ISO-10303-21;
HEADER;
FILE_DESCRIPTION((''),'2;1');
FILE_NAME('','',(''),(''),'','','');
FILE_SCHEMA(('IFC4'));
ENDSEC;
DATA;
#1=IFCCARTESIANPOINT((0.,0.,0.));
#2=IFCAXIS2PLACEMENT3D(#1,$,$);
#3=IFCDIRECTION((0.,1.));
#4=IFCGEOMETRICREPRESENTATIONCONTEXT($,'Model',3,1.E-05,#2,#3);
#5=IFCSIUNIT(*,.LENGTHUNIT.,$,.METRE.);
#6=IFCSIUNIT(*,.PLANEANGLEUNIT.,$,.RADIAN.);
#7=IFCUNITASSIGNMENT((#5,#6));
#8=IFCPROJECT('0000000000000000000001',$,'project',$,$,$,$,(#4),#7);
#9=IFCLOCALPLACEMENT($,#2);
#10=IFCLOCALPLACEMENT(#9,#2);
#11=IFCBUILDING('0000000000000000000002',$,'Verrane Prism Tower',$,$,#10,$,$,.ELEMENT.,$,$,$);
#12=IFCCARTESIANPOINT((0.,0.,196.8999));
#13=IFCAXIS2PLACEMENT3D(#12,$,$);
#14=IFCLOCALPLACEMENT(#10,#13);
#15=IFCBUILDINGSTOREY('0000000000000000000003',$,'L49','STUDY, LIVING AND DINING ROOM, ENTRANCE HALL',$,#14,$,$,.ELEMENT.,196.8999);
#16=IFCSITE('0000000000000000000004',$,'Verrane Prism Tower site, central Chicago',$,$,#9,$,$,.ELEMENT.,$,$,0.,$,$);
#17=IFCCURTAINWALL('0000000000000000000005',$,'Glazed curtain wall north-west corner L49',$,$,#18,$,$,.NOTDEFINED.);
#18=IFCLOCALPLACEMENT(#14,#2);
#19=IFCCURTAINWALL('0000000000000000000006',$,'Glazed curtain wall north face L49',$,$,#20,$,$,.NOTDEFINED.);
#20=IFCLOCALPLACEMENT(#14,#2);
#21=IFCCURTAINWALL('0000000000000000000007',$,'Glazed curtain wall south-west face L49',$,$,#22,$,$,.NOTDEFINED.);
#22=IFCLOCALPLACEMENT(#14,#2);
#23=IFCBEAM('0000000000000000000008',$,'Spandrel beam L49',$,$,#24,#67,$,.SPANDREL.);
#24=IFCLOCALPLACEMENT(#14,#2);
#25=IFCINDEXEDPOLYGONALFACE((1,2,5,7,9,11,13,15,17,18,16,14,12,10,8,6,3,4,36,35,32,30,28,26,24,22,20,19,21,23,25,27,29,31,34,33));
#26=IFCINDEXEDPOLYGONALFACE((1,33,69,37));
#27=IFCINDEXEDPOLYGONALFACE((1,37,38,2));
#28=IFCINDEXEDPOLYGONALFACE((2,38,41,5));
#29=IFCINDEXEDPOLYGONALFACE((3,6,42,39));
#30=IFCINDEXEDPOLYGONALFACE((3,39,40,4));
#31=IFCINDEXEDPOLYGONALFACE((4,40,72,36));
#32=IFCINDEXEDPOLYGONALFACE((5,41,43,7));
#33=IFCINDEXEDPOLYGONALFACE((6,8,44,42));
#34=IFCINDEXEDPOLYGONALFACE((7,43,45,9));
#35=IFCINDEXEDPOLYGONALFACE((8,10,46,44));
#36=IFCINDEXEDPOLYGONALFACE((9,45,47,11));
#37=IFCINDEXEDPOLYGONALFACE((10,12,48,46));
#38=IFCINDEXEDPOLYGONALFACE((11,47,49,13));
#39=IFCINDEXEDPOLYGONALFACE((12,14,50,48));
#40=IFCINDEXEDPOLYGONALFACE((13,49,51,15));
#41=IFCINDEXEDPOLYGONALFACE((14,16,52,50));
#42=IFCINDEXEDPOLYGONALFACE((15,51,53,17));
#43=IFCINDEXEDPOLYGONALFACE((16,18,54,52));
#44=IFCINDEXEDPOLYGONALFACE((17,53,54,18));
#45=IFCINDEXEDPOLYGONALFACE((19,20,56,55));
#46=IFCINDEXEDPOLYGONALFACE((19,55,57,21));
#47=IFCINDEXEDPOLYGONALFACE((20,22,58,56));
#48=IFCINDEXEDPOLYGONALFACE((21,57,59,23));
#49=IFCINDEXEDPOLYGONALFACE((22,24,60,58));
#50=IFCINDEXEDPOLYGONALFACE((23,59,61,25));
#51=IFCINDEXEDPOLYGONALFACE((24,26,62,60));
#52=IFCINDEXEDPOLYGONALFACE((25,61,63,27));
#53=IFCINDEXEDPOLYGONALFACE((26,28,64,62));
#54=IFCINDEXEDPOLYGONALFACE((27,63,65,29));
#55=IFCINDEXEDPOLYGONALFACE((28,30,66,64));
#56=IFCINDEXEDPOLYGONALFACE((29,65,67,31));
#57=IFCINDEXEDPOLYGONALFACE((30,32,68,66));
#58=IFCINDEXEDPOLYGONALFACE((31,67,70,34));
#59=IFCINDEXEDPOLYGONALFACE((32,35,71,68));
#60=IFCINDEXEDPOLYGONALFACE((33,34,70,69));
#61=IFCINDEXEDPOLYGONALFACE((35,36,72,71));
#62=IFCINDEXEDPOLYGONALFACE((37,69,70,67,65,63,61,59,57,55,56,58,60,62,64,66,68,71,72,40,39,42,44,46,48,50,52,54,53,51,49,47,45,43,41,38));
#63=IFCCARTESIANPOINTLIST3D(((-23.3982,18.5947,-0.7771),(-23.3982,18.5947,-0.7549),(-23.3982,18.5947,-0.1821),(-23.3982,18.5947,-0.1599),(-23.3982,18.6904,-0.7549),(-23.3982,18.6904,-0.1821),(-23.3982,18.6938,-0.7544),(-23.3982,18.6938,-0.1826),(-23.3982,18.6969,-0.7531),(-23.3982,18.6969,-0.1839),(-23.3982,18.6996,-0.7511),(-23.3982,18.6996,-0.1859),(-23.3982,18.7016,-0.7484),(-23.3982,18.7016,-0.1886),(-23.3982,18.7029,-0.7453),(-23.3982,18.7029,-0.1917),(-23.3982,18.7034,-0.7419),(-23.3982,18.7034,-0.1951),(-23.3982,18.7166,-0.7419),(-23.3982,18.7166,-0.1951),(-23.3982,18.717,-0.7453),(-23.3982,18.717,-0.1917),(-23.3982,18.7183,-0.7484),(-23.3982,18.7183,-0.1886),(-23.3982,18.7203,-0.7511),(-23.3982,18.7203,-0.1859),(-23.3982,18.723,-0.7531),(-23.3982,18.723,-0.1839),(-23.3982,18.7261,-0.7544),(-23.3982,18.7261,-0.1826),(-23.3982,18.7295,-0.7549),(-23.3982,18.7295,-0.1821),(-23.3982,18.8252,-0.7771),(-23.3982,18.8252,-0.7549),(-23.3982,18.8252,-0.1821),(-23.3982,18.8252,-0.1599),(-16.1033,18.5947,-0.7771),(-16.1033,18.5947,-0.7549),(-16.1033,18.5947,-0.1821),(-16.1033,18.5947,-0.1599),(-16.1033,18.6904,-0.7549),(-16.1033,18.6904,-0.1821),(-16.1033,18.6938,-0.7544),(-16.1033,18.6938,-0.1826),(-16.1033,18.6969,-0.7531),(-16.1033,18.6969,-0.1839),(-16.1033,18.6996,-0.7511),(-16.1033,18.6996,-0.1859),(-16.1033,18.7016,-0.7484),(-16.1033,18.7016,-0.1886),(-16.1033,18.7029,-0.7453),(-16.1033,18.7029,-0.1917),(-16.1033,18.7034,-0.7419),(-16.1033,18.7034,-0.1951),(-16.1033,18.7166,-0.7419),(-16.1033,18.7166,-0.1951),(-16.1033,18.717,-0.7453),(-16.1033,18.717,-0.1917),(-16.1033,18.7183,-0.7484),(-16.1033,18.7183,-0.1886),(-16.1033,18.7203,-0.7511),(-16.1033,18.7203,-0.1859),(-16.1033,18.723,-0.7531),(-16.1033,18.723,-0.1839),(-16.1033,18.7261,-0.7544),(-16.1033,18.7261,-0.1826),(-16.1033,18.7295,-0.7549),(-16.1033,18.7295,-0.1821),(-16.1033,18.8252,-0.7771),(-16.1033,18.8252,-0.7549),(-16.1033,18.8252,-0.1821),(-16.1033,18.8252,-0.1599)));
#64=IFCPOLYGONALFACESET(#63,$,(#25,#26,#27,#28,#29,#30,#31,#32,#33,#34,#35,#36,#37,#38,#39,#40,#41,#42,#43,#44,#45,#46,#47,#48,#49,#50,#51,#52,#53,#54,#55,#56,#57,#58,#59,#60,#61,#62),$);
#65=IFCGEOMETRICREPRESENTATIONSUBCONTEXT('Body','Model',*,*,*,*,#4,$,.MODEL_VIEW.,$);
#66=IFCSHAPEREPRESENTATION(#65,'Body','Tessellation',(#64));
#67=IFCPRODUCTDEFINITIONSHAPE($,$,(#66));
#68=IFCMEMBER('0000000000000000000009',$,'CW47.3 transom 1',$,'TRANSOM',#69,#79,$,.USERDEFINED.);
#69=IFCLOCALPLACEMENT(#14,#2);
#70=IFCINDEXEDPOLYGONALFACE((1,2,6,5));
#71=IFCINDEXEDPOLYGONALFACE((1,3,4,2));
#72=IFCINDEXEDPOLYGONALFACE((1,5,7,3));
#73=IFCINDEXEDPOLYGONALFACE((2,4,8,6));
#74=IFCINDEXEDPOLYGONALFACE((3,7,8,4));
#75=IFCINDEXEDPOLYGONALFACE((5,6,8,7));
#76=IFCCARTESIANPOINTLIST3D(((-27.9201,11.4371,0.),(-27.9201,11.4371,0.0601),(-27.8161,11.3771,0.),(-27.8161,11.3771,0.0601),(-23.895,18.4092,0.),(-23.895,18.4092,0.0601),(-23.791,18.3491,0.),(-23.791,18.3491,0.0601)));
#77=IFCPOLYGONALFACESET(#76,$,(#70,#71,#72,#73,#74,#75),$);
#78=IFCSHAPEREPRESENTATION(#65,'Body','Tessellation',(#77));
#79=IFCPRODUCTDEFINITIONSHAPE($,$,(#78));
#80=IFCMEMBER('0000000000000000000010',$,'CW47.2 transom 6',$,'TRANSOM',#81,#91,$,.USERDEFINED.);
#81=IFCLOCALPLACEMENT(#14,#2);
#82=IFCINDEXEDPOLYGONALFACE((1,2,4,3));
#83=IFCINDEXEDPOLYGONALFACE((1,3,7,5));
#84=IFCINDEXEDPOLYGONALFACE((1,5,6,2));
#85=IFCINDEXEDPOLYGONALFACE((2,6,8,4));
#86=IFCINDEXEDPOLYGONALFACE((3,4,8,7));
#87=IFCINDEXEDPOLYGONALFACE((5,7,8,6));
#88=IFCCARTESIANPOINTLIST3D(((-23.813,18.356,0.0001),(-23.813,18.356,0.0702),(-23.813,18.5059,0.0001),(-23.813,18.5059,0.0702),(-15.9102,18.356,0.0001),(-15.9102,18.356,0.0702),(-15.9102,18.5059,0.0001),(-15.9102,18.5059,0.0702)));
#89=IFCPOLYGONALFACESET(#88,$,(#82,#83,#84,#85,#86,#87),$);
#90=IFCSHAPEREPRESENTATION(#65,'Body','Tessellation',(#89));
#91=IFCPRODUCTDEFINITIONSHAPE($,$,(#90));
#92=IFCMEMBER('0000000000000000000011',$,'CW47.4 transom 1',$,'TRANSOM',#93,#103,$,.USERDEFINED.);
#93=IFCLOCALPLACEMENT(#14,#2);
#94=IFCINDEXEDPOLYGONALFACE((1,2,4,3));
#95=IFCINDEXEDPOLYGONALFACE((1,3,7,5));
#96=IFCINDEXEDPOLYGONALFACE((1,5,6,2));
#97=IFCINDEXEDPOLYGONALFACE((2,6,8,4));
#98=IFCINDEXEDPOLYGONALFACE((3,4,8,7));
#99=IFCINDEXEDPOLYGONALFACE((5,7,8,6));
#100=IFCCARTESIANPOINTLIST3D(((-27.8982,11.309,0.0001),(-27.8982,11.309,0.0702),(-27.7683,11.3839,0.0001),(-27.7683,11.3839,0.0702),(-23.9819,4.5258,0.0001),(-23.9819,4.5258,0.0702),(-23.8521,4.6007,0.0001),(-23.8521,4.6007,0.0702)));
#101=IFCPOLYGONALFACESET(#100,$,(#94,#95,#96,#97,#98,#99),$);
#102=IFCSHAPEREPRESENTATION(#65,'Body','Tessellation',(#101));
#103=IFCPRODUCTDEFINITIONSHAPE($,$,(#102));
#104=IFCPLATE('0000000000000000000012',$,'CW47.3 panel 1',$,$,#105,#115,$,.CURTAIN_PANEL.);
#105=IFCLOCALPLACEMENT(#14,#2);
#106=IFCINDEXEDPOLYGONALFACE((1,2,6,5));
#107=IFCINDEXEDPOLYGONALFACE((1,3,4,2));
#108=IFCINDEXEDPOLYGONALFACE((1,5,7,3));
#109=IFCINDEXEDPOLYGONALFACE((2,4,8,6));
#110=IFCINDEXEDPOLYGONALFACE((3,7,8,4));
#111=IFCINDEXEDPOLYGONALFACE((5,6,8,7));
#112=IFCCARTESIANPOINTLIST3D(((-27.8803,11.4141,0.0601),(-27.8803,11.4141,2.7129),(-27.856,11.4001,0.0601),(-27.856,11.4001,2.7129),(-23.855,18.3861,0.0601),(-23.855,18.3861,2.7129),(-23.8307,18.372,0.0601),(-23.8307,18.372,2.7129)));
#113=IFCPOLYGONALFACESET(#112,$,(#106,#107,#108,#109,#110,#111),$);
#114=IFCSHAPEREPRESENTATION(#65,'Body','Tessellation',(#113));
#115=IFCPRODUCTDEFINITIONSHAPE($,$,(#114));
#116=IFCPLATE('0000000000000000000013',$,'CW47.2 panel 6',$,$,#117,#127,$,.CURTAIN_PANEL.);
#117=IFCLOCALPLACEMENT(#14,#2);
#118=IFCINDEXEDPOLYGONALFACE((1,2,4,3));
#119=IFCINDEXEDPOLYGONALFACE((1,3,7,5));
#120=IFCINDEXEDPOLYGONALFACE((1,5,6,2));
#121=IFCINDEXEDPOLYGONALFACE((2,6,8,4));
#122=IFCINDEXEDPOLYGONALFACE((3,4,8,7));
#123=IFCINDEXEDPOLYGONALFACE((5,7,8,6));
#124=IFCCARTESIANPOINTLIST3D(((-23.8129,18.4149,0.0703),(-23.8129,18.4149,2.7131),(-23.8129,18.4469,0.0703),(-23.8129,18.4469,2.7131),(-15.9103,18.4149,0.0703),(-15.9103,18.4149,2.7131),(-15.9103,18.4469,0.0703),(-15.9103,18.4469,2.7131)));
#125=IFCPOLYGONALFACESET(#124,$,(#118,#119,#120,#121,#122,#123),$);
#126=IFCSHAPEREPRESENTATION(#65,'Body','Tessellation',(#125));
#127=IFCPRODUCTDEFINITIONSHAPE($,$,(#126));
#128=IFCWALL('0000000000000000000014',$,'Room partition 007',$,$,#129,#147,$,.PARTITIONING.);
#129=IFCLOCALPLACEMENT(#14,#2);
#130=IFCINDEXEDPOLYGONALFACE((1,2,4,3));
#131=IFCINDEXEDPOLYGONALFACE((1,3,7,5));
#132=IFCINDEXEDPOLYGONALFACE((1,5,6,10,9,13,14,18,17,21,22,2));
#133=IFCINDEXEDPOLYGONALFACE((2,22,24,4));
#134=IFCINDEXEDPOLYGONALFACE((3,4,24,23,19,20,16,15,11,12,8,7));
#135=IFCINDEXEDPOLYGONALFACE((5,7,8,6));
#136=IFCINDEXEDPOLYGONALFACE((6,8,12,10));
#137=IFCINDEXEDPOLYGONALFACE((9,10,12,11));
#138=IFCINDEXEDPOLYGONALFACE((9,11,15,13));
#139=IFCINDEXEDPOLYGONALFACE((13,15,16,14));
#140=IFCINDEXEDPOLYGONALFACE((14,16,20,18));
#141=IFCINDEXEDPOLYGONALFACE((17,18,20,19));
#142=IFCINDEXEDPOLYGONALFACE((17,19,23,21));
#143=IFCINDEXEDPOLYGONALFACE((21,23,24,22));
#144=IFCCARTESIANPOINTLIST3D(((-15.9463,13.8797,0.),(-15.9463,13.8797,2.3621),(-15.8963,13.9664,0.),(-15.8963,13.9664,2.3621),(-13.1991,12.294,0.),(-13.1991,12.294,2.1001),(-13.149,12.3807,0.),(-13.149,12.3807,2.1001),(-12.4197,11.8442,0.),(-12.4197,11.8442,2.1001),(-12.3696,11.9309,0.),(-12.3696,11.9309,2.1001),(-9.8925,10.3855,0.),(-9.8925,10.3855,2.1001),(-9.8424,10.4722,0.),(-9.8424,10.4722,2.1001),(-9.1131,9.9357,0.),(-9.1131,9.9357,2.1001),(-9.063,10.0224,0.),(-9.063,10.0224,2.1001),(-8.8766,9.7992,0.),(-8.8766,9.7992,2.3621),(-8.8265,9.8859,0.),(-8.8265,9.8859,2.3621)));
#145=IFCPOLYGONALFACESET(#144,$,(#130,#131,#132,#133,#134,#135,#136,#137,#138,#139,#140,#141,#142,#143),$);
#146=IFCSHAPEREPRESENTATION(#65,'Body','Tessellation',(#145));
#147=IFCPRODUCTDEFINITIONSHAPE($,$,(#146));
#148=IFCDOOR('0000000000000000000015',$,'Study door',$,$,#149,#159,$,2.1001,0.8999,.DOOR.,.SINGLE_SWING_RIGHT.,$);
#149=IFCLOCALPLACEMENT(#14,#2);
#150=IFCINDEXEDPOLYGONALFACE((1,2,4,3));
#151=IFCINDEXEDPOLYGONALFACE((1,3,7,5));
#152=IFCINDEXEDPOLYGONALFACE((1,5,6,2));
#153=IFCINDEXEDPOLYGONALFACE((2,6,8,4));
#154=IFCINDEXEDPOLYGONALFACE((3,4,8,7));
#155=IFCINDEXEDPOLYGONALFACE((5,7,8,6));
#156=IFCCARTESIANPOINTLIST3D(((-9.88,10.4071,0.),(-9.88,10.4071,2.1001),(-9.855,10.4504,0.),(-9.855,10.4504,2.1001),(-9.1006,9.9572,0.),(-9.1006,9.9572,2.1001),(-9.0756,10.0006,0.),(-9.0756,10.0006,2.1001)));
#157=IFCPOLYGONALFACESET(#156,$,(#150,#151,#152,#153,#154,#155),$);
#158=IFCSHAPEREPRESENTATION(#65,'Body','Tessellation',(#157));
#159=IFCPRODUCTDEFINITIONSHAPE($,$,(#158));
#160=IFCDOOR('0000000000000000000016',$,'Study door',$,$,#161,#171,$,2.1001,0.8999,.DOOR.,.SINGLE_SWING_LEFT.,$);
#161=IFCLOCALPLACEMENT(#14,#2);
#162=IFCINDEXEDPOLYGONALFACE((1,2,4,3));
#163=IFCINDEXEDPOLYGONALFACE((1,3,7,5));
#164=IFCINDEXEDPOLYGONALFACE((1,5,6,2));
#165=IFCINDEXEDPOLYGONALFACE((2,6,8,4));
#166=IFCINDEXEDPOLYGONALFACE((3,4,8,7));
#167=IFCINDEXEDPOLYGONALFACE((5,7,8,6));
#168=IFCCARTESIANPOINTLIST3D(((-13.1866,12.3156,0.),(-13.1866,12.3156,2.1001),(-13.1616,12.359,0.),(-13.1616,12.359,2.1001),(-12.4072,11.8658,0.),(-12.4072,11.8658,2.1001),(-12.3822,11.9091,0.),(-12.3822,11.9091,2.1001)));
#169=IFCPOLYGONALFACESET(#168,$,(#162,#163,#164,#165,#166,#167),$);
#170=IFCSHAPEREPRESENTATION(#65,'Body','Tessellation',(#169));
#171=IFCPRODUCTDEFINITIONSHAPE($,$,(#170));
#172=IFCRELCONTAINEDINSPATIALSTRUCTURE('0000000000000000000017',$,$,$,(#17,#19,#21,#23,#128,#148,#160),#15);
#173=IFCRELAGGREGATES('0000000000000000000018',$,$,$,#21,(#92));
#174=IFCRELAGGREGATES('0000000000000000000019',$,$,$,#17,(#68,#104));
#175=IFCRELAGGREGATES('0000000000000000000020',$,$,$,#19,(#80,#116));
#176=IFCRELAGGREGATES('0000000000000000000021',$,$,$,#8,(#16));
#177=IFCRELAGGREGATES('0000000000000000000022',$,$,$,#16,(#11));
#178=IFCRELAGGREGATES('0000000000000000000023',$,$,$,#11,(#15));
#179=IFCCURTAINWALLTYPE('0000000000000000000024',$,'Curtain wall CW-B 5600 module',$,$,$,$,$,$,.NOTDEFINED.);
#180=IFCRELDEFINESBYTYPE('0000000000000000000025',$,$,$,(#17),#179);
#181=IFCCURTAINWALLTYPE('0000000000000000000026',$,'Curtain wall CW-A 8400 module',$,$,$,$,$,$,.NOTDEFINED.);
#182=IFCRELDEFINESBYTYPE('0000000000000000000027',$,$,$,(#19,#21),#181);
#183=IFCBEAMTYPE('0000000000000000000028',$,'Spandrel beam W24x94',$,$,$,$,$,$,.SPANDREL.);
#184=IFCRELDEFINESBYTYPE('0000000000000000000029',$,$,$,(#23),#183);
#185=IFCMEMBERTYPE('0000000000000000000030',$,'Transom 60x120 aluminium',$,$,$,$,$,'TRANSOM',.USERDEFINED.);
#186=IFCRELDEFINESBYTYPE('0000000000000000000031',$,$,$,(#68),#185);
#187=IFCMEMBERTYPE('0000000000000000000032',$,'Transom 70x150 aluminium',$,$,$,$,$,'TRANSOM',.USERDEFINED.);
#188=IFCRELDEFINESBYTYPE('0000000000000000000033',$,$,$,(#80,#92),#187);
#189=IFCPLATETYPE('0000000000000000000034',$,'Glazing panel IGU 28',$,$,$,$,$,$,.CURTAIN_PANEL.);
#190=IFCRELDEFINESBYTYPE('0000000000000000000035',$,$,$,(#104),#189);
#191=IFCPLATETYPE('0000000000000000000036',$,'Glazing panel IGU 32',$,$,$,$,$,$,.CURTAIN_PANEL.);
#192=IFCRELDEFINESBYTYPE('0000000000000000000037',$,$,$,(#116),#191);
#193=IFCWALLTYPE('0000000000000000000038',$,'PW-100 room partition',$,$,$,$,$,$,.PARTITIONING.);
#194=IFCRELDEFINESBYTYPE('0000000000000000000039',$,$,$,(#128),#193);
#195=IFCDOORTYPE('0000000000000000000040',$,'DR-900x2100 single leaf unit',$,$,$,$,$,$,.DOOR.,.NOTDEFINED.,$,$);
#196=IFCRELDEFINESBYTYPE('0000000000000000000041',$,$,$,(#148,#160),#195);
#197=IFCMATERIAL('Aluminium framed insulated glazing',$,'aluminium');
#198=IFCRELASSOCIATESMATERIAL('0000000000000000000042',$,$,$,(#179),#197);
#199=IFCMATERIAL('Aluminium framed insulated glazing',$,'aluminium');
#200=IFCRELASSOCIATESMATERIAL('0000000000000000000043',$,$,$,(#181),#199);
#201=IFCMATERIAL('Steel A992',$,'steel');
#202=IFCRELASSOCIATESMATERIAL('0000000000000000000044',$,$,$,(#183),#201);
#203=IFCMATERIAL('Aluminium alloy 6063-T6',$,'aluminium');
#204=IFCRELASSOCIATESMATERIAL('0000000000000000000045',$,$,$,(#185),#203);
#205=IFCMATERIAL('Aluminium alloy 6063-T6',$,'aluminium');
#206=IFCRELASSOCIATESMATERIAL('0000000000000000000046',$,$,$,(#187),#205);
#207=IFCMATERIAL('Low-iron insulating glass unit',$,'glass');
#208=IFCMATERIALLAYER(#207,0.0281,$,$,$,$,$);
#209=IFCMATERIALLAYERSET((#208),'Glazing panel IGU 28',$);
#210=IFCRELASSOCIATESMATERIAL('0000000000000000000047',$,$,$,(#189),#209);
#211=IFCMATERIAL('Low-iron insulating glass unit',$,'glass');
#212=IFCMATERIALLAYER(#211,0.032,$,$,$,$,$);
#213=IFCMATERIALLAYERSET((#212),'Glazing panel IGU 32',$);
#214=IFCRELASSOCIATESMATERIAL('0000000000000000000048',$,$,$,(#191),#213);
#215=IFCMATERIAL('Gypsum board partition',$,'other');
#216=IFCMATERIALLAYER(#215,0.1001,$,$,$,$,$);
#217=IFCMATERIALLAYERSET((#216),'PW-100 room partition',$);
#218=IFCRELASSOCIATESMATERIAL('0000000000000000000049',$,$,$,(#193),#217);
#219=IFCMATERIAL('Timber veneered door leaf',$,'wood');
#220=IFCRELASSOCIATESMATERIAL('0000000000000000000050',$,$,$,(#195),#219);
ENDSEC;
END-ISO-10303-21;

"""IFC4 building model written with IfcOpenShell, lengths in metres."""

from ifc_helpers import new_model, si_unit, direction, frame, frame_2d, origin, origin_2d, place, context, subcontext, project, spatial, rectangle, i_section, extrude, material, layer, layer_set, material_profile, profile_set, type_object, element, fill, aggregate, save


model = new_model("IFC4")

# Units and contexts
model_context = context("Model", 3, precision=1e-05, world=origin(), true_north=direction((0.0, 1.0)))
body_context = subcontext(model_context, "Body", "Model", "MODEL_VIEW")
ifc_project = project(units=[si_unit("LENGTHUNIT", "METRE"), si_unit("PLANEANGLEUNIT", "RADIAN")], contexts=[model_context])

# Site, building, storey
site_placement = place(None, origin())
site = spatial("IfcSite", under=ifc_project, at=site_placement, Name="Verrane Prism Tower site, central Chicago", CompositionType="ELEMENT", RefElevation=0.0)
building_placement = place(site_placement, origin())
building = spatial("IfcBuilding", under=site, at=building_placement, Name="Verrane Prism Tower", CompositionType="ELEMENT")
storey_placement = place(building_placement, frame((0.0, 0.0, 196.8999)))
storey = spatial("IfcBuildingStorey", under=building, at=storey_placement, Name="L49", Description="STUDY, LIVING AND DINING ROOM, ENTRANCE HALL", CompositionType="ELEMENT", Elevation=196.8999)

# Curtain walls
ifc_material_1 = material(Name="Aluminium framed insulated glazing", Category="aluminium")
curtain_wall_type_1 = type_object("IfcCurtainWallType", Name="Curtain wall CW-B 5600 module", PredefinedType="NOTDEFINED", material=ifc_material_1)
curtain_wall_1_placement = place(storey_placement, origin())
curtain_wall_1 = element("IfcCurtainWall", 1, at=curtain_wall_1_placement, inside=storey, type_object=curtain_wall_type_1, Name="Glazed curtain wall north-west corner L49", PredefinedType="NOTDEFINED")
ifc_material_2 = material(Name="Aluminium framed insulated glazing", Category="aluminium")
curtain_wall_type_2 = type_object("IfcCurtainWallType", Name="Curtain wall CW-A 8400 module", PredefinedType="NOTDEFINED", material=ifc_material_2)
curtain_wall_2_placement = place(storey_placement, origin())
curtain_wall_2 = element("IfcCurtainWall", 2, at=curtain_wall_2_placement, inside=storey, type_object=curtain_wall_type_2, Name="Glazed curtain wall north face L49", PredefinedType="NOTDEFINED")
curtain_wall_3_placement = place(storey_placement, origin())
curtain_wall_3 = element("IfcCurtainWall", 3, at=curtain_wall_3_placement, inside=storey, type_object=curtain_wall_type_2, Name="Glazed curtain wall south-west face L49", PredefinedType="NOTDEFINED")

# Beam
ifc_material_3 = material(Name="Steel A992", Category="steel")
ifc_material_profile_1 = material_profile(ifc_material_3, i_section(OverallWidth=0.2305, OverallDepth=0.6172, WebThickness=0.0132, FlangeThickness=0.0222, FilletRadius=0.0129, at=origin_2d()), Name="W24x94")
ifc_profile_set_1 = profile_set([ifc_material_profile_1], Name="Steel A992")
beam_type_1 = type_object("IfcBeamType", Name="Spandrel beam W24x94", PredefinedType="SPANDREL", material=ifc_profile_set_1)
beam_1_placement = place(storey_placement, frame((-16.1033, 18.71, -0.4685), z_axis=(-1.0, 0.0, 0.0), x_axis=(0.0, -1.0, 0.0)))
element("IfcBeam", 4, at=beam_1_placement, inside=storey, type_object=beam_type_1, Name="Spandrel beam L49", PredefinedType="SPANDREL", context=body_context, shape_type="SweptSolid", body=[
    extrude(i_section(OverallWidth=0.2305, OverallDepth=0.6172, WebThickness=0.0132, FlangeThickness=0.0222, FilletRadius=0.0129, at=origin_2d()), origin(), (0.0, 0.0, 1.0), 7.2949),
])

# Members
ifc_material_4 = material(Name="Aluminium alloy 6063-T6", Category="aluminium")
ifc_material_profile_2 = material_profile(ifc_material_4, rectangle(XDim=0.1201, YDim=0.0601, at=origin_2d()), Name="Transom 60x120 aluminium")
ifc_profile_set_2 = profile_set([ifc_material_profile_2], Name="Aluminium alloy 6063-T6")
member_type_1 = type_object("IfcMemberType", Name="Transom 60x120 aluminium", ElementType="TRANSOM", PredefinedType="USERDEFINED", material=ifc_profile_set_2)
member_1_placement = place(storey_placement, frame((-23.843, 18.3792, 0.03), z_axis=(-0.499978, -0.866038, 0.0), x_axis=(0.866038, -0.499978, 0.0)))
member_1 = element("IfcMember", 5, at=member_1_placement, type_object=member_type_1, Name="CW47.3 transom 1", ObjectType="TRANSOM", PredefinedType="USERDEFINED", context=body_context, shape_type="SweptSolid", body=[
    extrude(rectangle(XDim=0.1201, YDim=0.0601, at=origin_2d()), origin(), (0.0, 0.0, 1.0), 8.0505),
])
ifc_material_5 = material(Name="Aluminium alloy 6063-T6", Category="aluminium")
ifc_material_profile_3 = material_profile(ifc_material_5, rectangle(XDim=0.1499, YDim=0.0701, at=origin_2d()), Name="Transom 70x150 aluminium")
ifc_profile_set_3 = profile_set([ifc_material_profile_3], Name="Aluminium alloy 6063-T6")
member_type_2 = type_object("IfcMemberType", Name="Transom 70x150 aluminium", ElementType="TRANSOM", PredefinedType="USERDEFINED", material=ifc_profile_set_3)
member_2_placement = place(storey_placement, frame((-15.9102, 18.4309, 0.0352), z_axis=(-1.0, 0.0, 0.0), x_axis=(0.0, -1.0, 0.0)))
member_2 = element("IfcMember", 6, at=member_2_placement, type_object=member_type_2, Name="CW47.2 transom 6", ObjectType="TRANSOM", PredefinedType="USERDEFINED", context=body_context, shape_type="SweptSolid", body=[
    extrude(rectangle(XDim=0.1499, YDim=0.0701, at=origin_2d()), origin(), (0.0, 0.0, 1.0), 7.9028),
])
member_3_placement = place(storey_placement, frame((-27.8333, 11.3464, 0.0352), z_axis=(0.499998, -0.866027, 0.0), x_axis=(0.866027, 0.499998, 0.0)))
member_3 = element("IfcMember", 7, at=member_3_placement, type_object=member_type_2, Name="CW47.4 transom 1", ObjectType="TRANSOM", PredefinedType="USERDEFINED", context=body_context, shape_type="SweptSolid", body=[
    extrude(rectangle(XDim=0.1499, YDim=0.0701, at=origin_2d()), origin(), (0.0, 0.0, 1.0), 7.8325),
])
aggregate(curtain_wall_3, [member_3])

# Plates
ifc_material_6 = material(Name="Low-iron insulating glass unit", Category="glass")
ifc_layer_1 = layer(ifc_material_6, 0.0281)
ifc_layer_set_1 = layer_set([ifc_layer_1], Name="Glazing panel IGU 28")
plate_type_1 = type_object("IfcPlateType", Name="Glazing panel IGU 28", PredefinedType="CURTAIN_PANEL", material=ifc_layer_set_1)
plate_1_placement = place(storey_placement, frame((-25.8555, 14.8931, 0.0601), z_axis=(0.0, 0.0, 1.0), x_axis=(-0.500005, -0.866023, 0.0)))
plate_1 = element("IfcPlate", 8, at=plate_1_placement, type_object=plate_type_1, Name="CW47.3 panel 1", PredefinedType="CURTAIN_PANEL", context=body_context, shape_type="SweptSolid", body=[
    extrude(rectangle(XDim=8.0505, YDim=0.0281, at=origin_2d()), origin(), (0.0, 0.0, 1.0), 2.6528),
])
aggregate(curtain_wall_1, [member_1, plate_1])
ifc_material_7 = material(Name="Low-iron insulating glass unit", Category="glass")
ifc_layer_2 = layer(ifc_material_7, 0.032)
ifc_layer_set_2 = layer_set([ifc_layer_2], Name="Glazing panel IGU 32")
plate_type_2 = type_object("IfcPlateType", Name="Glazing panel IGU 32", PredefinedType="CURTAIN_PANEL", material=ifc_layer_set_2)
plate_2_placement = place(storey_placement, frame((-19.8616, 18.4309, 0.0703), z_axis=(0.0, 0.0, 1.0), x_axis=(-1.0, 0.0, 0.0)))
plate_2 = element("IfcPlate", 9, at=plate_2_placement, type_object=plate_type_2, Name="CW47.2 panel 6", PredefinedType="CURTAIN_PANEL", context=body_context, shape_type="SweptSolid", body=[
    extrude(rectangle(XDim=7.9026, YDim=0.032, at=origin_2d()), origin(), (0.0, 0.0, 1.0), 2.6428),
])
aggregate(curtain_wall_2, [member_2, plate_2])

# Wall, openings, doors
ifc_material_8 = material(Name="Gypsum board partition", Category="other")
ifc_layer_3 = layer(ifc_material_8, 0.1001)
ifc_layer_set_3 = layer_set([ifc_layer_3], Name="PW-100 room partition")
wall_type = type_object("IfcWallType", Name="PW-100 room partition", PredefinedType="PARTITIONING", material=ifc_layer_set_3)
wall_1_placement = place(storey_placement, frame((-15.9214, 13.9231, 0.0), z_axis=(0.0, 0.0, 1.0), x_axis=(0.866089, -0.49989, 0.0)))
wall_1 = element("IfcWall", 10, at=wall_1_placement, inside=storey, type_object=wall_type, Name="Room partition 007", PredefinedType="PARTITIONING", context=body_context, shape_type="SweptSolid", body=[
    extrude(rectangle(XDim=8.1628, YDim=0.1001, at=frame_2d((4.0815, 0.0))), origin(), (0.0, 0.0, 1.0), 2.3621),
])
opening_1_placement = place(wall_1_placement, frame((6.99, 0.0, 0.0)))
opening_1 = element("IfcOpeningElement", 11, at=opening_1_placement, cuts=wall_1, PredefinedType="OPENING", context=body_context, shape_type="SweptSolid", body=[
    extrude(rectangle(XDim=0.8999, YDim=2.1001, at=frame_2d((0.45, 1.05))), frame((0.0, 0.0601, 0.0), z_axis=(0.0, -1.0, 0.0), x_axis=(1.0, 0.0, 0.0)), (0.0, 0.0, 1.0), 0.1201),
])
opening_2_placement = place(wall_1_placement, frame((3.1721, 0.0, 0.0)))
opening_2 = element("IfcOpeningElement", 12, at=opening_2_placement, cuts=wall_1, PredefinedType="OPENING", context=body_context, shape_type="SweptSolid", body=[
    extrude(rectangle(XDim=0.8999, YDim=2.1001, at=frame_2d((0.45, 1.05))), frame((0.0, 0.0601, 0.0), z_axis=(0.0, -1.0, 0.0), x_axis=(1.0, 0.0, 0.0)), (0.0, 0.0, 1.0), 0.1201),
])
ifc_material_9 = material(Name="Timber veneered door leaf", Category="wood")
door_type = type_object("IfcDoorType", Name="DR-900x2100 single leaf unit", OperationType="NOTDEFINED", PredefinedType="DOOR", material=ifc_material_9)
door_1_placement = place(opening_1_placement, origin())
door_1 = element("IfcDoor", 13, at=door_1_placement, inside=storey, type_object=door_type, Name="Study door", OperationType="SINGLE_SWING_RIGHT", OverallHeight=2.1001, OverallWidth=0.8999, PredefinedType="DOOR", context=body_context, shape_type="SweptSolid", body=[
    extrude(rectangle(XDim=0.8999, YDim=2.1001, at=frame_2d((0.45, 1.05))), frame((0.0, 0.0249, 0.0), z_axis=(0.0, -1.0, 0.0), x_axis=(1.0, 0.0, 0.0)), (0.0, 0.0, 1.0), 0.05),
])
fill(opening_1, door_1)
door_2_placement = place(opening_2_placement, origin())
door_2 = element("IfcDoor", 14, at=door_2_placement, inside=storey, type_object=door_type, Name="Study door", OperationType="SINGLE_SWING_LEFT", OverallHeight=2.1001, OverallWidth=0.8999, PredefinedType="DOOR", context=body_context, shape_type="SweptSolid", body=[
    extrude(rectangle(XDim=0.8999, YDim=2.1001, at=frame_2d((0.45, 1.05))), frame((0.0, 0.0249, 0.0), z_axis=(0.0, -1.0, 0.0), x_axis=(1.0, 0.0, 0.0)), (0.0, 0.0, 1.0), 0.05),
])
fill(opening_2, door_2)

save(model, "model.ifc")
